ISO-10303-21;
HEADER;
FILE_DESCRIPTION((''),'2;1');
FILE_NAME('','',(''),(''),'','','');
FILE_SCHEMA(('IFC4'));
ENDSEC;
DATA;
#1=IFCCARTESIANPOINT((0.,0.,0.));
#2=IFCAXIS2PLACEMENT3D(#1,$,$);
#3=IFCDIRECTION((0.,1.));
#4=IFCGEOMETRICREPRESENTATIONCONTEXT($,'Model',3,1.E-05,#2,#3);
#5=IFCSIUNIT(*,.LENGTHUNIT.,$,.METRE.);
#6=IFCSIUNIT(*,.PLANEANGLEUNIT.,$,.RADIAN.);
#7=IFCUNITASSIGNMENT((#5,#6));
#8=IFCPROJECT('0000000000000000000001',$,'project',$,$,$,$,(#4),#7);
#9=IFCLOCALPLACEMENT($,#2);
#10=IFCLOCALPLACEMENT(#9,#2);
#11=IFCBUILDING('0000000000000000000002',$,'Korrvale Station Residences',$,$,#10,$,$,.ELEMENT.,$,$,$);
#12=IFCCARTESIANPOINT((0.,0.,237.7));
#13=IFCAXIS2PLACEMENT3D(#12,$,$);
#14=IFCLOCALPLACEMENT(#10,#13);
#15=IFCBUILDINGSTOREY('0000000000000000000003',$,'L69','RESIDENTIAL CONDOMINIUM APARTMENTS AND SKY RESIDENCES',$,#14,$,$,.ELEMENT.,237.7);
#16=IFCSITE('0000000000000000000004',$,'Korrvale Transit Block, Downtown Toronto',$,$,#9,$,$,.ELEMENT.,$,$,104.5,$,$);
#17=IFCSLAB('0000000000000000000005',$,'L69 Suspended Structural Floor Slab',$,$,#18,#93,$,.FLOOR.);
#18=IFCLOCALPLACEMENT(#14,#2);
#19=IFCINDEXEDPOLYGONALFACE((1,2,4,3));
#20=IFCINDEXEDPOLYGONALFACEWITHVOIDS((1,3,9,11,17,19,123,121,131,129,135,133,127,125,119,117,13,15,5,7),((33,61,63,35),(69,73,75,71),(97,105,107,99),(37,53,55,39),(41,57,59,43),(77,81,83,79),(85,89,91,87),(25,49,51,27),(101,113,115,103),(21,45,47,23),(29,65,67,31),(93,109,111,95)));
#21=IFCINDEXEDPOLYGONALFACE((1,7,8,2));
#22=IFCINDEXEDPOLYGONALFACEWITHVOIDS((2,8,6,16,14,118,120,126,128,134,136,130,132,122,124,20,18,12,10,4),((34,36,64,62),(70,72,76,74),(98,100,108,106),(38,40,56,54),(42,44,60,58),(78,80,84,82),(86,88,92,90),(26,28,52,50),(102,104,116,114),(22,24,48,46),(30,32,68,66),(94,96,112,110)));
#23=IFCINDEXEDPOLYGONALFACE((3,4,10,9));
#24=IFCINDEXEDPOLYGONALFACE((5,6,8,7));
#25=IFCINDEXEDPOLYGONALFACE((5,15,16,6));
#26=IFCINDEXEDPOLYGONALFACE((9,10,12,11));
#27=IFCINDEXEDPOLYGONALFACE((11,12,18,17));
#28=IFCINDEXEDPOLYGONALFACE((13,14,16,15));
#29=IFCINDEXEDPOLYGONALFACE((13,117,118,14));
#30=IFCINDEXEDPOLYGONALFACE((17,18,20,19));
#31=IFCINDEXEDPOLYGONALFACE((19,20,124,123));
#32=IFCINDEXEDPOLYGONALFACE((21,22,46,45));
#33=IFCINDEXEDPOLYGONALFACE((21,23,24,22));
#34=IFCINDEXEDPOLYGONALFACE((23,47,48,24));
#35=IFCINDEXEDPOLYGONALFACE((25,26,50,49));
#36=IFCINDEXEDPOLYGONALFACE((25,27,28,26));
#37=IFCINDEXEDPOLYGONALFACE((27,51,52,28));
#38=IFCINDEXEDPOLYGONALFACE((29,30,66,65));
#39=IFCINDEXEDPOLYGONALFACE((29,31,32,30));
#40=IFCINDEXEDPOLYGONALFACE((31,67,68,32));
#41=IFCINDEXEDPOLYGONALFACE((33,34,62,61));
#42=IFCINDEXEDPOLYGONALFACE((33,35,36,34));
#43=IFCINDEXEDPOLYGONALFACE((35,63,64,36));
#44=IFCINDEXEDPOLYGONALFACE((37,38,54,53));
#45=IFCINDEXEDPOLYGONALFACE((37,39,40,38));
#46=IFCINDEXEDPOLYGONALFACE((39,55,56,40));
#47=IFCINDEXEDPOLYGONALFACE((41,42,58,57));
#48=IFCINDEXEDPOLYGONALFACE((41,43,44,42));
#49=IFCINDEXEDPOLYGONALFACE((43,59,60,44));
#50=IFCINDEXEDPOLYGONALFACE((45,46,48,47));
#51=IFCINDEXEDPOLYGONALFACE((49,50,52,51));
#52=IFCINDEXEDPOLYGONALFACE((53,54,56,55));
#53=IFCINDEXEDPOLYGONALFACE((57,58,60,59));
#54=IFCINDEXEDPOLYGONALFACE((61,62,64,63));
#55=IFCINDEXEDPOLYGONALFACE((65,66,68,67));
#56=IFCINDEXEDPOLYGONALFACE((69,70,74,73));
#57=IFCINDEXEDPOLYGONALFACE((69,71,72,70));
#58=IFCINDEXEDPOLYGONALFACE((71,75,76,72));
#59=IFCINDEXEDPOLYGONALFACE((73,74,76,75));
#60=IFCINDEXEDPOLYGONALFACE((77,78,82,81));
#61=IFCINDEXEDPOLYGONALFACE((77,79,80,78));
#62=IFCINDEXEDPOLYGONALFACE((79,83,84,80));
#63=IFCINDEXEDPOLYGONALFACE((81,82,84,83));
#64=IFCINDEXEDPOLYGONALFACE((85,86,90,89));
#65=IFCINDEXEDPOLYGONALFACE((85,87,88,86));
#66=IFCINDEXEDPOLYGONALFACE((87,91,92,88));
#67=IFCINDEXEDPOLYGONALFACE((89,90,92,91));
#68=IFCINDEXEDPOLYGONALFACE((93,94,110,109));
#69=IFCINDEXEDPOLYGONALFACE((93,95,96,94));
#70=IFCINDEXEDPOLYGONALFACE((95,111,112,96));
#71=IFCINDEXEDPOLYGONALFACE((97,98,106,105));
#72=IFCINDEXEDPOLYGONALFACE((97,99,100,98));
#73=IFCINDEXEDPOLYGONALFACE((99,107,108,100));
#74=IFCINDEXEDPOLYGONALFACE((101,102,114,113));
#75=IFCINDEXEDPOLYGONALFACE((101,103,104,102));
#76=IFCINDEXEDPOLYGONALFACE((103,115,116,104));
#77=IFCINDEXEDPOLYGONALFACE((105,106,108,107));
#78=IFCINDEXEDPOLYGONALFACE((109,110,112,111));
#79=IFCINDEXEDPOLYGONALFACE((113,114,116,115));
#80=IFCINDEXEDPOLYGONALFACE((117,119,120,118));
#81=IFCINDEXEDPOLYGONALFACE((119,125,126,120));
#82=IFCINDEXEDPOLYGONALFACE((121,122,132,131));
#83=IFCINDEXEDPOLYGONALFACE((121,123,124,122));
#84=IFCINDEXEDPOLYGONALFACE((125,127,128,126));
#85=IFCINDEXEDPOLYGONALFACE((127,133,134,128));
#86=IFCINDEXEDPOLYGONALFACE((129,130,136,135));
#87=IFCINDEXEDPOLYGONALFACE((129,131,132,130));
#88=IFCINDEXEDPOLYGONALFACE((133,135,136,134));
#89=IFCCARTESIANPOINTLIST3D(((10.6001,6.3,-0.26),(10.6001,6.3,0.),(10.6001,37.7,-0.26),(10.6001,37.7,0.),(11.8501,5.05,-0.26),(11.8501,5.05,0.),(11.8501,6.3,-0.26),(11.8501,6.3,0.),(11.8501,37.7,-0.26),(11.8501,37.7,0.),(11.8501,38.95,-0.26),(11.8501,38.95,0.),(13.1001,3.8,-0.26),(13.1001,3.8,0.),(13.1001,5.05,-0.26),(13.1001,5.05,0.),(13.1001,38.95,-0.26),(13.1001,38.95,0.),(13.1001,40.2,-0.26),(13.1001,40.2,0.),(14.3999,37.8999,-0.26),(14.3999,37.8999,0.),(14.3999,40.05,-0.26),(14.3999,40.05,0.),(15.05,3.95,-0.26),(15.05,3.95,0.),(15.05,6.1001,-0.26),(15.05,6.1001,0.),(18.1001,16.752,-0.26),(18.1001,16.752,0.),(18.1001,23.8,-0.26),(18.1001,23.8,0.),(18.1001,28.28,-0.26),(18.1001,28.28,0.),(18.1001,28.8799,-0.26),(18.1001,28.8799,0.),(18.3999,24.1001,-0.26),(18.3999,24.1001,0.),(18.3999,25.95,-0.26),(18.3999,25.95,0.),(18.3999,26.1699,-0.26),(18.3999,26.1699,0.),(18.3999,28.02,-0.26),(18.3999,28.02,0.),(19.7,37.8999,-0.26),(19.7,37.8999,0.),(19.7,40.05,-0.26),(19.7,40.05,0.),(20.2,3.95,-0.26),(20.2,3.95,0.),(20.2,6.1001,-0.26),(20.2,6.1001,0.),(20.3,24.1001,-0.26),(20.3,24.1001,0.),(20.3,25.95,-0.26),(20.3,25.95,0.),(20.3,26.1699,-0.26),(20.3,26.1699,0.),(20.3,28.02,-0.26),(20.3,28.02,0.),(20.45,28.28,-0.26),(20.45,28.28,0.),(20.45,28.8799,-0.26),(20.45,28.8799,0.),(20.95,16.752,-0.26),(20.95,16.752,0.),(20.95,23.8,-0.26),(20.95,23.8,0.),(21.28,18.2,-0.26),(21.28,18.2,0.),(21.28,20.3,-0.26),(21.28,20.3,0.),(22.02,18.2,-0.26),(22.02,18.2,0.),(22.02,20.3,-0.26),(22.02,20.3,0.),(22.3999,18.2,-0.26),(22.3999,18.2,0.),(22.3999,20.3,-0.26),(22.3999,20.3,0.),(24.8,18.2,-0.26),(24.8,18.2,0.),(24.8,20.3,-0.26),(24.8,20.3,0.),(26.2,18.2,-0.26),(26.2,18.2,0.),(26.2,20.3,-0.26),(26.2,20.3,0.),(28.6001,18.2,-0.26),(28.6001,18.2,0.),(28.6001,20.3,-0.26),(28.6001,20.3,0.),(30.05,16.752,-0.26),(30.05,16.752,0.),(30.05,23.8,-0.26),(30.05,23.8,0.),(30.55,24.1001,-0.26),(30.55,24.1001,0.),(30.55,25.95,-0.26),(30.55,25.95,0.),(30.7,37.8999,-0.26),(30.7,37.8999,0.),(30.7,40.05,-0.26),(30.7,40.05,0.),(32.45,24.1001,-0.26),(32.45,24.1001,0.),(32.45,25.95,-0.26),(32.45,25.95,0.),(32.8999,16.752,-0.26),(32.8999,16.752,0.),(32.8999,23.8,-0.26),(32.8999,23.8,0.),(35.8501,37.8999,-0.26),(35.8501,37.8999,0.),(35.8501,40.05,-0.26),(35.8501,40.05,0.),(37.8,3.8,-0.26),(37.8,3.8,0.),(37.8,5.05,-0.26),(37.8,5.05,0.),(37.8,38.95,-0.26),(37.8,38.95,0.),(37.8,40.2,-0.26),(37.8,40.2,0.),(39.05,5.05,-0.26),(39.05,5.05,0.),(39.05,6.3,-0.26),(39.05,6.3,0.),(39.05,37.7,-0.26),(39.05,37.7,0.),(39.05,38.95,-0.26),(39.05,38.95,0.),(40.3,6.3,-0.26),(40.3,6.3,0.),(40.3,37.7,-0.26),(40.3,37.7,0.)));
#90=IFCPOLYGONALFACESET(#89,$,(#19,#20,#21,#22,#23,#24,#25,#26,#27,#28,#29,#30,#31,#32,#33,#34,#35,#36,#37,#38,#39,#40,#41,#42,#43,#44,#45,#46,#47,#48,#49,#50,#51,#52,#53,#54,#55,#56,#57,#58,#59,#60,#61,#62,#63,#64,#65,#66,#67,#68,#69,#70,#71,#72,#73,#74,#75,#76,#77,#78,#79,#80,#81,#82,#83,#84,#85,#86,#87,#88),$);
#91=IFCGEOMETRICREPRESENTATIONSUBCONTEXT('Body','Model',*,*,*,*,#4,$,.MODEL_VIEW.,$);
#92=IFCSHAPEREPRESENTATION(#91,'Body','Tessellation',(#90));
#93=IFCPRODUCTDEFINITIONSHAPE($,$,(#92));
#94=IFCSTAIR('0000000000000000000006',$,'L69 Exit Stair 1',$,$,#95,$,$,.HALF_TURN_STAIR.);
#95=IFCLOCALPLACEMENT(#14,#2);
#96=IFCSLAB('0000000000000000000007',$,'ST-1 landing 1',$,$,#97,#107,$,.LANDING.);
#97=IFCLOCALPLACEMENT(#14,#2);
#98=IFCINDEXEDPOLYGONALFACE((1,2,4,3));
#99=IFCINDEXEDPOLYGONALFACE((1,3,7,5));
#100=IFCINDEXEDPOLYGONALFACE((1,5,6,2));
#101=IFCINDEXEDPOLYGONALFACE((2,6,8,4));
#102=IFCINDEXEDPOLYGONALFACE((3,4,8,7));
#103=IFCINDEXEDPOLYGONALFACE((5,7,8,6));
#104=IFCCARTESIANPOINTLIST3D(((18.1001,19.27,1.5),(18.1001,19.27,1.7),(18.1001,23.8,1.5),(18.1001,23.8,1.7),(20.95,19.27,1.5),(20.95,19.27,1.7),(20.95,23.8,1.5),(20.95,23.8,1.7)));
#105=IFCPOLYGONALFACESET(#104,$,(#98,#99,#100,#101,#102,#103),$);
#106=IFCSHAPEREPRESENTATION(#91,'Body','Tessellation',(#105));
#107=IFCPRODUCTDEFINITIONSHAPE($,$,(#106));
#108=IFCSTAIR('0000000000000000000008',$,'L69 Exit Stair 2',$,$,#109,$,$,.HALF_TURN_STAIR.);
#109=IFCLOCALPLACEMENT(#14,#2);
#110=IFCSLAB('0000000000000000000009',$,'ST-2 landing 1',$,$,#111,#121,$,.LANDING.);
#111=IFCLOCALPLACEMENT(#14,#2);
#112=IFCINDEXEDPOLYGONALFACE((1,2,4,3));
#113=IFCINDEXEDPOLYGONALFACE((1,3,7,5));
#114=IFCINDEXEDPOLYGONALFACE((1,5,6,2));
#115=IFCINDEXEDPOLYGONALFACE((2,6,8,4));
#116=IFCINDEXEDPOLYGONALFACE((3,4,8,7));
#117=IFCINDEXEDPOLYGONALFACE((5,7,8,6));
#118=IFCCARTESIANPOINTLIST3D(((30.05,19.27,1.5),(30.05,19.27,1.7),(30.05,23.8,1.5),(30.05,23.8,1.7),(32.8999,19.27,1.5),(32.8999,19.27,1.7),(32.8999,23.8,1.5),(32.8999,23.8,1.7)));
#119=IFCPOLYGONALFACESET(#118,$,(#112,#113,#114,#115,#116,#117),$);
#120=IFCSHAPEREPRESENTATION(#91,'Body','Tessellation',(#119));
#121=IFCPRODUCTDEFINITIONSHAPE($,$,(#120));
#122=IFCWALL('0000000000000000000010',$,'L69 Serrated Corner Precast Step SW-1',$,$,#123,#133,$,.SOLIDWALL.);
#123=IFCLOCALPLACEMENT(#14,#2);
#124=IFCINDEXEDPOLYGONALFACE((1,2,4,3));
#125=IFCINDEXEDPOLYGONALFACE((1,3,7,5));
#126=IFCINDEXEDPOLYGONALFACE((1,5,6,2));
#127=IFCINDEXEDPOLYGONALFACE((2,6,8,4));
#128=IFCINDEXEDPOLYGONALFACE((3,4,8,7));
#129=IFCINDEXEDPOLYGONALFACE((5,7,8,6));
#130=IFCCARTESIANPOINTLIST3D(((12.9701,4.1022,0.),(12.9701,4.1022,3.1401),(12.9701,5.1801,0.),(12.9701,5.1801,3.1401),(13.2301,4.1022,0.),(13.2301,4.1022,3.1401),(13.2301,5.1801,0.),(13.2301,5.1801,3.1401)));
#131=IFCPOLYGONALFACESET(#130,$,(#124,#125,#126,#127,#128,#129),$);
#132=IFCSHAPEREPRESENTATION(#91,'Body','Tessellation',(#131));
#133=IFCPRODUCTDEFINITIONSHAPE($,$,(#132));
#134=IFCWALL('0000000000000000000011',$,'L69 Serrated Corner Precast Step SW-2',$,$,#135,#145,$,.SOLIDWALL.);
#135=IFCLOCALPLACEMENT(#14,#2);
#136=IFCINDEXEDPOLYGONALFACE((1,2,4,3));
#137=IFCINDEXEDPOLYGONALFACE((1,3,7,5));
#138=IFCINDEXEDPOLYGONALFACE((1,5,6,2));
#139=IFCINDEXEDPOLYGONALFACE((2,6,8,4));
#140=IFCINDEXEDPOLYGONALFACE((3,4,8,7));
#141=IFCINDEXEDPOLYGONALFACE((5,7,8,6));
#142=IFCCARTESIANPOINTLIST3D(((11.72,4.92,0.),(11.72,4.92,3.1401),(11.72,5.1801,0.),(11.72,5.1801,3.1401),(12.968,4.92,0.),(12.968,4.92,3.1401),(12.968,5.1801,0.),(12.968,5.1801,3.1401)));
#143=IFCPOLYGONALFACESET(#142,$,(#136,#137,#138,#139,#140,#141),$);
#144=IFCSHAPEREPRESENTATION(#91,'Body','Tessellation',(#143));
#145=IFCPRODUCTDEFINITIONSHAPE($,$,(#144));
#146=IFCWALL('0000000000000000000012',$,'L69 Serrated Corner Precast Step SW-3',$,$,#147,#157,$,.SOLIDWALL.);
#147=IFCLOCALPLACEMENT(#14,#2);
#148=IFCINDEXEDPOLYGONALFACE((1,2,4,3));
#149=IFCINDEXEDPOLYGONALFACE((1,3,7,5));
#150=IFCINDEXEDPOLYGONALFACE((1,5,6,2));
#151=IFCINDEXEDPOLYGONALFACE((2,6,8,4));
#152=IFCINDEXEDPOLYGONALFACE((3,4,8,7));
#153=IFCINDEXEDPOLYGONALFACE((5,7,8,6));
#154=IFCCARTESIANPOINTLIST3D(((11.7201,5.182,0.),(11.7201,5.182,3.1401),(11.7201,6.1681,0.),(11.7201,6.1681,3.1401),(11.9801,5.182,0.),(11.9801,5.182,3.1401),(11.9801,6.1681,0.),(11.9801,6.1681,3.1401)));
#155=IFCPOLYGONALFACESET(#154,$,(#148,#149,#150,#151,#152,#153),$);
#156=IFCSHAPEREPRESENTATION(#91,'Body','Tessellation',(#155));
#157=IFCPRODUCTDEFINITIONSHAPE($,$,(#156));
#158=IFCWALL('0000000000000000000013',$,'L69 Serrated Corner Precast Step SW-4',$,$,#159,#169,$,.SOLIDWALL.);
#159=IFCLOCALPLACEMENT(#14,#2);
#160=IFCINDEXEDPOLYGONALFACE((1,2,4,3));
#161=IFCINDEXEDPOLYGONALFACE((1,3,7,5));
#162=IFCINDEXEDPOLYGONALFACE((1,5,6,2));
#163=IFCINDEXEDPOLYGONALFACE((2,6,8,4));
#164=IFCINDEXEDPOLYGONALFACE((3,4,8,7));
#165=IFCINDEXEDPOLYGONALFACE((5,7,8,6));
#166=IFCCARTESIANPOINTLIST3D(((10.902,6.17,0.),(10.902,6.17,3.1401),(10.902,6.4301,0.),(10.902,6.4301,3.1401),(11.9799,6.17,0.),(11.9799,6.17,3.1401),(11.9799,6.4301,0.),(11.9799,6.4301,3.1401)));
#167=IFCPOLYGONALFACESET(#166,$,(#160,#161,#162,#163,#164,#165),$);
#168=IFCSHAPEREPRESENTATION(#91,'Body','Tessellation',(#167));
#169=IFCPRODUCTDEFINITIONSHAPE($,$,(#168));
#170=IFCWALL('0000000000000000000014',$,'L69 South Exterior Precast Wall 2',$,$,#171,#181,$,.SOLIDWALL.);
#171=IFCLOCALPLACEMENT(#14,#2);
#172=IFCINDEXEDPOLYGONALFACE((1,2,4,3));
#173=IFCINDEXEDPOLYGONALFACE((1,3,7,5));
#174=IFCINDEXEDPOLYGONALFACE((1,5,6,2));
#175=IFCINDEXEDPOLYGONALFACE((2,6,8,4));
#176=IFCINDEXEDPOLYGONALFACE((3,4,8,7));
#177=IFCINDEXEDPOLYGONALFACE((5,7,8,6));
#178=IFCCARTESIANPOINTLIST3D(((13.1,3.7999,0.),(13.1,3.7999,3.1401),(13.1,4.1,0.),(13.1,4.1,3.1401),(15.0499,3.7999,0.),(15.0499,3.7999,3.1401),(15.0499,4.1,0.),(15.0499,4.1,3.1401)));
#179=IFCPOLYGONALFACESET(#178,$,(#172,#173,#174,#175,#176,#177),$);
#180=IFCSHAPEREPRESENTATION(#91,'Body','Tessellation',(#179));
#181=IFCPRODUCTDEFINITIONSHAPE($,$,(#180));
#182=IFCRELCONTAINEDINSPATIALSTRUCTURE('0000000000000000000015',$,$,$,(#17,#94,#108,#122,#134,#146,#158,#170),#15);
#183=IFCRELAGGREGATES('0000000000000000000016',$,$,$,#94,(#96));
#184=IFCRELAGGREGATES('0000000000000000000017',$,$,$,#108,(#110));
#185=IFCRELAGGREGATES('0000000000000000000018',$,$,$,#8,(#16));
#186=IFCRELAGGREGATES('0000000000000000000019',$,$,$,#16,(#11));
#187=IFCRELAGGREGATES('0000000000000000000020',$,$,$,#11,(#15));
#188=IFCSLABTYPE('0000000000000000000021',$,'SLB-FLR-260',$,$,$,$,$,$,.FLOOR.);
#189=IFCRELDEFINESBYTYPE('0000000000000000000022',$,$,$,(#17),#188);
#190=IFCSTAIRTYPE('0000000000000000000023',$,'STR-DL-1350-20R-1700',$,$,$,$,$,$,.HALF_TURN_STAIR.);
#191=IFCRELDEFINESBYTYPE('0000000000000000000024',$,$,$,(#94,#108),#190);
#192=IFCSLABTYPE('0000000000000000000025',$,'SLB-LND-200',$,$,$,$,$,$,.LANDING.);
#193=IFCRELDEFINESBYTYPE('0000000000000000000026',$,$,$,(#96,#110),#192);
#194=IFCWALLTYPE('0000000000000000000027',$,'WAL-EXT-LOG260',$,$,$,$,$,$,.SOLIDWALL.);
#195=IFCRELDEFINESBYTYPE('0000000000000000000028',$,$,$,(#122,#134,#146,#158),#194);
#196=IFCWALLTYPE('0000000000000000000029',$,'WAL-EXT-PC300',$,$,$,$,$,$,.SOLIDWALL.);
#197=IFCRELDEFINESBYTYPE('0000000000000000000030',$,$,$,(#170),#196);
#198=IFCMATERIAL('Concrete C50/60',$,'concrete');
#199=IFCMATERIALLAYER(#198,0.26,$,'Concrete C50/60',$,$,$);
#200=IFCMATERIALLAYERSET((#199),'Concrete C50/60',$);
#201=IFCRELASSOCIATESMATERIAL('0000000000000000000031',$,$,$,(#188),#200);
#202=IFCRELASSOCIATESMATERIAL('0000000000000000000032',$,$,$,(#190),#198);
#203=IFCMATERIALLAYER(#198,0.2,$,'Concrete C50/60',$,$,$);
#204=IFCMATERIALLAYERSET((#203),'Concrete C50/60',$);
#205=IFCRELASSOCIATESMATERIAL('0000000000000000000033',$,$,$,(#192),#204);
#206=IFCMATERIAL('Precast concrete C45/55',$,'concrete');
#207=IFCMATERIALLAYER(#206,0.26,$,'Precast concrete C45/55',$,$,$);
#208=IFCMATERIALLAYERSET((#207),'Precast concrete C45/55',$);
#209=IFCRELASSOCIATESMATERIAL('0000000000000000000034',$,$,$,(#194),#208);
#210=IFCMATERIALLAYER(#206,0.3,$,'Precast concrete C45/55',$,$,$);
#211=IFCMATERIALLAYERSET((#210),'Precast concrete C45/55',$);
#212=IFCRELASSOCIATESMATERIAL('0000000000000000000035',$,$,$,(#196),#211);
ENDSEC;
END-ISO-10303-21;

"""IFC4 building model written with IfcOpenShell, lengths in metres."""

from ifc_helpers import new_model, si_unit, direction, frame, frame_2d, origin, place, context, subcontext, project, spatial, polyline, rectangle, outline, extrude, material, layer, layer_set, type_object, element, aggregate, save


model = new_model("IFC4")

# Units and contexts
model_context = context("Model", 3, precision=1e-05, world=origin(), true_north=direction((0.0, 1.0)))
body_context = subcontext(model_context, "Body", "Model", "MODEL_VIEW")
ifc_project = project(units=[si_unit("LENGTHUNIT", "METRE"), si_unit("PLANEANGLEUNIT", "RADIAN")], contexts=[model_context])

# Site, building, storey
site_placement = place(None, origin())
site = spatial("IfcSite", under=ifc_project, at=site_placement, Name="Korrvale Transit Block, Downtown Toronto", CompositionType="ELEMENT", RefElevation=104.5)
building_placement = place(site_placement, origin())
building = spatial("IfcBuilding", under=site, at=building_placement, Name="Korrvale Station Residences", CompositionType="ELEMENT")
storey_placement = place(building_placement, frame((0.0, 0.0, 237.7)))
storey = spatial("IfcBuildingStorey", under=building, at=storey_placement, Name="L69", Description="RESIDENTIAL CONDOMINIUM APARTMENTS AND SKY RESIDENCES", CompositionType="ELEMENT", Elevation=237.7)

# Shared definitions
ifc_material_1 = material(Name="Concrete C50/60", Category="concrete")

# Slab
ifc_layer_1 = layer(ifc_material_1, 0.26, Name="Concrete C50/60")
ifc_layer_set_1 = layer_set([ifc_layer_1], Name="Concrete C50/60")
slab_type_1 = type_object("IfcSlabType", Name="SLB-FLR-260", PredefinedType="FLOOR", material=ifc_layer_set_1)
slab_1_placement = place(storey_placement, frame((0.0, 0.0, -0.26)))
element("IfcSlab", 1, at=slab_1_placement, inside=storey, type_object=slab_type_1, Name="L69 Suspended Structural Floor Slab", PredefinedType="FLOOR", context=body_context, shape_type="SweptSolid", body=[
    extrude(outline(polyline([(13.1001, 3.8), (37.8, 3.8), (37.8, 5.05), (39.05, 5.05), (39.05, 6.3), (40.3, 6.3), (40.3, 37.7), (39.05, 37.7), (39.05, 38.95), (37.8, 38.95), (37.8, 40.2), (13.1001, 40.2), (13.1001, 38.95), (11.8501, 38.95), (11.8501, 37.7), (10.6001, 37.7), (10.6001, 6.3), (11.8501, 6.3), (11.8501, 5.05), (13.1001, 5.05), (13.1001, 3.8)]), holes=[polyline([(20.95, 16.752), (20.95, 23.8), (18.1001, 23.8), (18.1001, 16.752), (20.95, 16.752)]), polyline([(32.8999, 16.752), (32.8999, 23.8), (30.05, 23.8), (30.05, 16.752), (32.8999, 16.752)]), polyline([(18.3999, 24.1001), (20.3, 24.1001), (20.3, 25.95), (18.3999, 25.95), (18.3999, 24.1001)]), polyline([(18.3999, 26.1699), (20.3, 26.1699), (20.3, 28.02), (18.3999, 28.02), (18.3999, 26.1699)]), polyline([(30.55, 24.1001), (32.45, 24.1001), (32.45, 25.95), (30.55, 25.95), (30.55, 24.1001)]), polyline([(22.3999, 18.2), (24.8, 18.2), (24.8, 20.3), (22.3999, 20.3), (22.3999, 18.2)]), polyline([(26.2, 18.2), (28.6001, 18.2), (28.6001, 20.3), (26.2, 20.3), (26.2, 18.2)]), polyline([(18.1001, 28.28), (20.45, 28.28), (20.45, 28.8799), (18.1001, 28.8799), (18.1001, 28.28)]), polyline([(21.28, 18.2), (22.02, 18.2), (22.02, 20.3), (21.28, 20.3), (21.28, 18.2)]), polyline([(15.05, 3.95), (20.2, 3.95), (20.2, 6.1001), (15.05, 6.1001), (15.05, 3.95)]), polyline([(30.7, 37.8999), (35.8501, 37.8999), (35.8501, 40.05), (30.7, 40.05), (30.7, 37.8999)]), polyline([(14.3999, 37.8999), (19.7, 37.8999), (19.7, 40.05), (14.3999, 40.05), (14.3999, 37.8999)])]), origin(), (0.0, 0.0, 1.0), 0.26),
])

# Stairs, slabs
stair_type = type_object("IfcStairType", Name="STR-DL-1350-20R-1700", PredefinedType="HALF_TURN_STAIR", material=ifc_material_1)
stair_1_placement = place(storey_placement, origin())
stair_1 = element("IfcStair", 2, at=stair_1_placement, inside=storey, type_object=stair_type, Name="L69 Exit Stair 1", PredefinedType="HALF_TURN_STAIR")
ifc_layer_2 = layer(ifc_material_1, 0.2, Name="Concrete C50/60")
ifc_layer_set_2 = layer_set([ifc_layer_2], Name="Concrete C50/60")
slab_type_2 = type_object("IfcSlabType", Name="SLB-LND-200", PredefinedType="LANDING", material=ifc_layer_set_2)
slab_2_placement = place(storey_placement, frame((0.0, 0.0, 1.5)))
slab_2 = element("IfcSlab", 3, at=slab_2_placement, type_object=slab_type_2, Name="ST-1 landing 1", PredefinedType="LANDING", context=body_context, shape_type="SweptSolid", body=[
    extrude(outline(polyline([(20.95, 19.27), (20.95, 23.8), (18.1001, 23.8), (18.1001, 19.27), (20.95, 19.27)])), origin(), (0.0, 0.0, 1.0), 0.2),
])
aggregate(stair_1, [slab_2])
stair_2_placement = place(storey_placement, origin())
stair_2 = element("IfcStair", 4, at=stair_2_placement, inside=storey, type_object=stair_type, Name="L69 Exit Stair 2", PredefinedType="HALF_TURN_STAIR")
slab_3_placement = place(storey_placement, frame((0.0, 0.0, 1.5)))
slab_3 = element("IfcSlab", 5, at=slab_3_placement, type_object=slab_type_2, Name="ST-2 landing 1", PredefinedType="LANDING", context=body_context, shape_type="SweptSolid", body=[
    extrude(outline(polyline([(32.8999, 19.27), (32.8999, 23.8), (30.05, 23.8), (30.05, 19.27), (32.8999, 19.27)])), origin(), (0.0, 0.0, 1.0), 0.2),
])
aggregate(stair_2, [slab_3])

# Walls
ifc_material_2 = material(Name="Precast concrete C45/55", Category="concrete")
ifc_layer_3 = layer(ifc_material_2, 0.26, Name="Precast concrete C45/55")
ifc_layer_set_3 = layer_set([ifc_layer_3], Name="Precast concrete C45/55")
wall_type_1 = type_object("IfcWallType", Name="WAL-EXT-LOG260", PredefinedType="SOLIDWALL", material=ifc_layer_set_3)
wall_1_placement = place(storey_placement, frame((13.1001, 4.1021, 0.0), z_axis=(0.0, 0.0, 1.0), x_axis=(0.0, 1.0, 0.0)))
element("IfcWall", 6, at=wall_1_placement, inside=storey, type_object=wall_type_1, Name="L69 Serrated Corner Precast Step SW-1", PredefinedType="SOLIDWALL", context=body_context, shape_type="SweptSolid", body=[
    extrude(rectangle(XDim=1.0779, YDim=0.26, at=frame_2d((0.5391, 0.0))), origin(), (0.0, 0.0, 1.0), 3.1401),
])
wall_2_placement = place(storey_placement, frame((12.968, 5.05, 0.0), z_axis=(0.0, 0.0, 1.0), x_axis=(-1.0, 0.0, 0.0)))
element("IfcWall", 7, at=wall_2_placement, inside=storey, type_object=wall_type_1, Name="L69 Serrated Corner Precast Step SW-2", PredefinedType="SOLIDWALL", context=body_context, shape_type="SweptSolid", body=[
    extrude(rectangle(XDim=1.248, YDim=0.26, at=frame_2d((0.624, 0.0))), origin(), (0.0, 0.0, 1.0), 3.1401),
])
wall_3_placement = place(storey_placement, frame((11.8501, 5.1819, 0.0), z_axis=(0.0, 0.0, 1.0), x_axis=(0.0, 1.0, 0.0)))
element("IfcWall", 8, at=wall_3_placement, inside=storey, type_object=wall_type_1, Name="L69 Serrated Corner Precast Step SW-3", PredefinedType="SOLIDWALL", context=body_context, shape_type="SweptSolid", body=[
    extrude(rectangle(XDim=0.9861, YDim=0.26, at=frame_2d((0.4932, 0.0))), origin(), (0.0, 0.0, 1.0), 3.1401),
])
wall_4_placement = place(storey_placement, frame((11.98, 6.3, 0.0), z_axis=(0.0, 0.0, 1.0), x_axis=(-1.0, 0.0, 0.0)))
element("IfcWall", 9, at=wall_4_placement, inside=storey, type_object=wall_type_1, Name="L69 Serrated Corner Precast Step SW-4", PredefinedType="SOLIDWALL", context=body_context, shape_type="SweptSolid", body=[
    extrude(rectangle(XDim=1.0779, YDim=0.26, at=frame_2d((0.5391, 0.0))), origin(), (0.0, 0.0, 1.0), 3.1401),
])
ifc_layer_4 = layer(ifc_material_2, 0.3, Name="Precast concrete C45/55")
ifc_layer_set_4 = layer_set([ifc_layer_4], Name="Precast concrete C45/55")
wall_type_2 = type_object("IfcWallType", Name="WAL-EXT-PC300", PredefinedType="SOLIDWALL", material=ifc_layer_set_4)
wall_5_placement = place(storey_placement, frame((15.05, 3.95, 0.0), z_axis=(0.0, 0.0, 1.0), x_axis=(-1.0, 0.0, 0.0)))
element("IfcWall", 10, at=wall_5_placement, inside=storey, type_object=wall_type_2, Name="L69 South Exterior Precast Wall 2", PredefinedType="SOLIDWALL", context=body_context, shape_type="SweptSolid", body=[
    extrude(rectangle(XDim=1.95, YDim=0.3, at=frame_2d((0.9751, 0.0))), origin(), (0.0, 0.0, 1.0), 3.1401),
])

save(model, "model.ifc")
